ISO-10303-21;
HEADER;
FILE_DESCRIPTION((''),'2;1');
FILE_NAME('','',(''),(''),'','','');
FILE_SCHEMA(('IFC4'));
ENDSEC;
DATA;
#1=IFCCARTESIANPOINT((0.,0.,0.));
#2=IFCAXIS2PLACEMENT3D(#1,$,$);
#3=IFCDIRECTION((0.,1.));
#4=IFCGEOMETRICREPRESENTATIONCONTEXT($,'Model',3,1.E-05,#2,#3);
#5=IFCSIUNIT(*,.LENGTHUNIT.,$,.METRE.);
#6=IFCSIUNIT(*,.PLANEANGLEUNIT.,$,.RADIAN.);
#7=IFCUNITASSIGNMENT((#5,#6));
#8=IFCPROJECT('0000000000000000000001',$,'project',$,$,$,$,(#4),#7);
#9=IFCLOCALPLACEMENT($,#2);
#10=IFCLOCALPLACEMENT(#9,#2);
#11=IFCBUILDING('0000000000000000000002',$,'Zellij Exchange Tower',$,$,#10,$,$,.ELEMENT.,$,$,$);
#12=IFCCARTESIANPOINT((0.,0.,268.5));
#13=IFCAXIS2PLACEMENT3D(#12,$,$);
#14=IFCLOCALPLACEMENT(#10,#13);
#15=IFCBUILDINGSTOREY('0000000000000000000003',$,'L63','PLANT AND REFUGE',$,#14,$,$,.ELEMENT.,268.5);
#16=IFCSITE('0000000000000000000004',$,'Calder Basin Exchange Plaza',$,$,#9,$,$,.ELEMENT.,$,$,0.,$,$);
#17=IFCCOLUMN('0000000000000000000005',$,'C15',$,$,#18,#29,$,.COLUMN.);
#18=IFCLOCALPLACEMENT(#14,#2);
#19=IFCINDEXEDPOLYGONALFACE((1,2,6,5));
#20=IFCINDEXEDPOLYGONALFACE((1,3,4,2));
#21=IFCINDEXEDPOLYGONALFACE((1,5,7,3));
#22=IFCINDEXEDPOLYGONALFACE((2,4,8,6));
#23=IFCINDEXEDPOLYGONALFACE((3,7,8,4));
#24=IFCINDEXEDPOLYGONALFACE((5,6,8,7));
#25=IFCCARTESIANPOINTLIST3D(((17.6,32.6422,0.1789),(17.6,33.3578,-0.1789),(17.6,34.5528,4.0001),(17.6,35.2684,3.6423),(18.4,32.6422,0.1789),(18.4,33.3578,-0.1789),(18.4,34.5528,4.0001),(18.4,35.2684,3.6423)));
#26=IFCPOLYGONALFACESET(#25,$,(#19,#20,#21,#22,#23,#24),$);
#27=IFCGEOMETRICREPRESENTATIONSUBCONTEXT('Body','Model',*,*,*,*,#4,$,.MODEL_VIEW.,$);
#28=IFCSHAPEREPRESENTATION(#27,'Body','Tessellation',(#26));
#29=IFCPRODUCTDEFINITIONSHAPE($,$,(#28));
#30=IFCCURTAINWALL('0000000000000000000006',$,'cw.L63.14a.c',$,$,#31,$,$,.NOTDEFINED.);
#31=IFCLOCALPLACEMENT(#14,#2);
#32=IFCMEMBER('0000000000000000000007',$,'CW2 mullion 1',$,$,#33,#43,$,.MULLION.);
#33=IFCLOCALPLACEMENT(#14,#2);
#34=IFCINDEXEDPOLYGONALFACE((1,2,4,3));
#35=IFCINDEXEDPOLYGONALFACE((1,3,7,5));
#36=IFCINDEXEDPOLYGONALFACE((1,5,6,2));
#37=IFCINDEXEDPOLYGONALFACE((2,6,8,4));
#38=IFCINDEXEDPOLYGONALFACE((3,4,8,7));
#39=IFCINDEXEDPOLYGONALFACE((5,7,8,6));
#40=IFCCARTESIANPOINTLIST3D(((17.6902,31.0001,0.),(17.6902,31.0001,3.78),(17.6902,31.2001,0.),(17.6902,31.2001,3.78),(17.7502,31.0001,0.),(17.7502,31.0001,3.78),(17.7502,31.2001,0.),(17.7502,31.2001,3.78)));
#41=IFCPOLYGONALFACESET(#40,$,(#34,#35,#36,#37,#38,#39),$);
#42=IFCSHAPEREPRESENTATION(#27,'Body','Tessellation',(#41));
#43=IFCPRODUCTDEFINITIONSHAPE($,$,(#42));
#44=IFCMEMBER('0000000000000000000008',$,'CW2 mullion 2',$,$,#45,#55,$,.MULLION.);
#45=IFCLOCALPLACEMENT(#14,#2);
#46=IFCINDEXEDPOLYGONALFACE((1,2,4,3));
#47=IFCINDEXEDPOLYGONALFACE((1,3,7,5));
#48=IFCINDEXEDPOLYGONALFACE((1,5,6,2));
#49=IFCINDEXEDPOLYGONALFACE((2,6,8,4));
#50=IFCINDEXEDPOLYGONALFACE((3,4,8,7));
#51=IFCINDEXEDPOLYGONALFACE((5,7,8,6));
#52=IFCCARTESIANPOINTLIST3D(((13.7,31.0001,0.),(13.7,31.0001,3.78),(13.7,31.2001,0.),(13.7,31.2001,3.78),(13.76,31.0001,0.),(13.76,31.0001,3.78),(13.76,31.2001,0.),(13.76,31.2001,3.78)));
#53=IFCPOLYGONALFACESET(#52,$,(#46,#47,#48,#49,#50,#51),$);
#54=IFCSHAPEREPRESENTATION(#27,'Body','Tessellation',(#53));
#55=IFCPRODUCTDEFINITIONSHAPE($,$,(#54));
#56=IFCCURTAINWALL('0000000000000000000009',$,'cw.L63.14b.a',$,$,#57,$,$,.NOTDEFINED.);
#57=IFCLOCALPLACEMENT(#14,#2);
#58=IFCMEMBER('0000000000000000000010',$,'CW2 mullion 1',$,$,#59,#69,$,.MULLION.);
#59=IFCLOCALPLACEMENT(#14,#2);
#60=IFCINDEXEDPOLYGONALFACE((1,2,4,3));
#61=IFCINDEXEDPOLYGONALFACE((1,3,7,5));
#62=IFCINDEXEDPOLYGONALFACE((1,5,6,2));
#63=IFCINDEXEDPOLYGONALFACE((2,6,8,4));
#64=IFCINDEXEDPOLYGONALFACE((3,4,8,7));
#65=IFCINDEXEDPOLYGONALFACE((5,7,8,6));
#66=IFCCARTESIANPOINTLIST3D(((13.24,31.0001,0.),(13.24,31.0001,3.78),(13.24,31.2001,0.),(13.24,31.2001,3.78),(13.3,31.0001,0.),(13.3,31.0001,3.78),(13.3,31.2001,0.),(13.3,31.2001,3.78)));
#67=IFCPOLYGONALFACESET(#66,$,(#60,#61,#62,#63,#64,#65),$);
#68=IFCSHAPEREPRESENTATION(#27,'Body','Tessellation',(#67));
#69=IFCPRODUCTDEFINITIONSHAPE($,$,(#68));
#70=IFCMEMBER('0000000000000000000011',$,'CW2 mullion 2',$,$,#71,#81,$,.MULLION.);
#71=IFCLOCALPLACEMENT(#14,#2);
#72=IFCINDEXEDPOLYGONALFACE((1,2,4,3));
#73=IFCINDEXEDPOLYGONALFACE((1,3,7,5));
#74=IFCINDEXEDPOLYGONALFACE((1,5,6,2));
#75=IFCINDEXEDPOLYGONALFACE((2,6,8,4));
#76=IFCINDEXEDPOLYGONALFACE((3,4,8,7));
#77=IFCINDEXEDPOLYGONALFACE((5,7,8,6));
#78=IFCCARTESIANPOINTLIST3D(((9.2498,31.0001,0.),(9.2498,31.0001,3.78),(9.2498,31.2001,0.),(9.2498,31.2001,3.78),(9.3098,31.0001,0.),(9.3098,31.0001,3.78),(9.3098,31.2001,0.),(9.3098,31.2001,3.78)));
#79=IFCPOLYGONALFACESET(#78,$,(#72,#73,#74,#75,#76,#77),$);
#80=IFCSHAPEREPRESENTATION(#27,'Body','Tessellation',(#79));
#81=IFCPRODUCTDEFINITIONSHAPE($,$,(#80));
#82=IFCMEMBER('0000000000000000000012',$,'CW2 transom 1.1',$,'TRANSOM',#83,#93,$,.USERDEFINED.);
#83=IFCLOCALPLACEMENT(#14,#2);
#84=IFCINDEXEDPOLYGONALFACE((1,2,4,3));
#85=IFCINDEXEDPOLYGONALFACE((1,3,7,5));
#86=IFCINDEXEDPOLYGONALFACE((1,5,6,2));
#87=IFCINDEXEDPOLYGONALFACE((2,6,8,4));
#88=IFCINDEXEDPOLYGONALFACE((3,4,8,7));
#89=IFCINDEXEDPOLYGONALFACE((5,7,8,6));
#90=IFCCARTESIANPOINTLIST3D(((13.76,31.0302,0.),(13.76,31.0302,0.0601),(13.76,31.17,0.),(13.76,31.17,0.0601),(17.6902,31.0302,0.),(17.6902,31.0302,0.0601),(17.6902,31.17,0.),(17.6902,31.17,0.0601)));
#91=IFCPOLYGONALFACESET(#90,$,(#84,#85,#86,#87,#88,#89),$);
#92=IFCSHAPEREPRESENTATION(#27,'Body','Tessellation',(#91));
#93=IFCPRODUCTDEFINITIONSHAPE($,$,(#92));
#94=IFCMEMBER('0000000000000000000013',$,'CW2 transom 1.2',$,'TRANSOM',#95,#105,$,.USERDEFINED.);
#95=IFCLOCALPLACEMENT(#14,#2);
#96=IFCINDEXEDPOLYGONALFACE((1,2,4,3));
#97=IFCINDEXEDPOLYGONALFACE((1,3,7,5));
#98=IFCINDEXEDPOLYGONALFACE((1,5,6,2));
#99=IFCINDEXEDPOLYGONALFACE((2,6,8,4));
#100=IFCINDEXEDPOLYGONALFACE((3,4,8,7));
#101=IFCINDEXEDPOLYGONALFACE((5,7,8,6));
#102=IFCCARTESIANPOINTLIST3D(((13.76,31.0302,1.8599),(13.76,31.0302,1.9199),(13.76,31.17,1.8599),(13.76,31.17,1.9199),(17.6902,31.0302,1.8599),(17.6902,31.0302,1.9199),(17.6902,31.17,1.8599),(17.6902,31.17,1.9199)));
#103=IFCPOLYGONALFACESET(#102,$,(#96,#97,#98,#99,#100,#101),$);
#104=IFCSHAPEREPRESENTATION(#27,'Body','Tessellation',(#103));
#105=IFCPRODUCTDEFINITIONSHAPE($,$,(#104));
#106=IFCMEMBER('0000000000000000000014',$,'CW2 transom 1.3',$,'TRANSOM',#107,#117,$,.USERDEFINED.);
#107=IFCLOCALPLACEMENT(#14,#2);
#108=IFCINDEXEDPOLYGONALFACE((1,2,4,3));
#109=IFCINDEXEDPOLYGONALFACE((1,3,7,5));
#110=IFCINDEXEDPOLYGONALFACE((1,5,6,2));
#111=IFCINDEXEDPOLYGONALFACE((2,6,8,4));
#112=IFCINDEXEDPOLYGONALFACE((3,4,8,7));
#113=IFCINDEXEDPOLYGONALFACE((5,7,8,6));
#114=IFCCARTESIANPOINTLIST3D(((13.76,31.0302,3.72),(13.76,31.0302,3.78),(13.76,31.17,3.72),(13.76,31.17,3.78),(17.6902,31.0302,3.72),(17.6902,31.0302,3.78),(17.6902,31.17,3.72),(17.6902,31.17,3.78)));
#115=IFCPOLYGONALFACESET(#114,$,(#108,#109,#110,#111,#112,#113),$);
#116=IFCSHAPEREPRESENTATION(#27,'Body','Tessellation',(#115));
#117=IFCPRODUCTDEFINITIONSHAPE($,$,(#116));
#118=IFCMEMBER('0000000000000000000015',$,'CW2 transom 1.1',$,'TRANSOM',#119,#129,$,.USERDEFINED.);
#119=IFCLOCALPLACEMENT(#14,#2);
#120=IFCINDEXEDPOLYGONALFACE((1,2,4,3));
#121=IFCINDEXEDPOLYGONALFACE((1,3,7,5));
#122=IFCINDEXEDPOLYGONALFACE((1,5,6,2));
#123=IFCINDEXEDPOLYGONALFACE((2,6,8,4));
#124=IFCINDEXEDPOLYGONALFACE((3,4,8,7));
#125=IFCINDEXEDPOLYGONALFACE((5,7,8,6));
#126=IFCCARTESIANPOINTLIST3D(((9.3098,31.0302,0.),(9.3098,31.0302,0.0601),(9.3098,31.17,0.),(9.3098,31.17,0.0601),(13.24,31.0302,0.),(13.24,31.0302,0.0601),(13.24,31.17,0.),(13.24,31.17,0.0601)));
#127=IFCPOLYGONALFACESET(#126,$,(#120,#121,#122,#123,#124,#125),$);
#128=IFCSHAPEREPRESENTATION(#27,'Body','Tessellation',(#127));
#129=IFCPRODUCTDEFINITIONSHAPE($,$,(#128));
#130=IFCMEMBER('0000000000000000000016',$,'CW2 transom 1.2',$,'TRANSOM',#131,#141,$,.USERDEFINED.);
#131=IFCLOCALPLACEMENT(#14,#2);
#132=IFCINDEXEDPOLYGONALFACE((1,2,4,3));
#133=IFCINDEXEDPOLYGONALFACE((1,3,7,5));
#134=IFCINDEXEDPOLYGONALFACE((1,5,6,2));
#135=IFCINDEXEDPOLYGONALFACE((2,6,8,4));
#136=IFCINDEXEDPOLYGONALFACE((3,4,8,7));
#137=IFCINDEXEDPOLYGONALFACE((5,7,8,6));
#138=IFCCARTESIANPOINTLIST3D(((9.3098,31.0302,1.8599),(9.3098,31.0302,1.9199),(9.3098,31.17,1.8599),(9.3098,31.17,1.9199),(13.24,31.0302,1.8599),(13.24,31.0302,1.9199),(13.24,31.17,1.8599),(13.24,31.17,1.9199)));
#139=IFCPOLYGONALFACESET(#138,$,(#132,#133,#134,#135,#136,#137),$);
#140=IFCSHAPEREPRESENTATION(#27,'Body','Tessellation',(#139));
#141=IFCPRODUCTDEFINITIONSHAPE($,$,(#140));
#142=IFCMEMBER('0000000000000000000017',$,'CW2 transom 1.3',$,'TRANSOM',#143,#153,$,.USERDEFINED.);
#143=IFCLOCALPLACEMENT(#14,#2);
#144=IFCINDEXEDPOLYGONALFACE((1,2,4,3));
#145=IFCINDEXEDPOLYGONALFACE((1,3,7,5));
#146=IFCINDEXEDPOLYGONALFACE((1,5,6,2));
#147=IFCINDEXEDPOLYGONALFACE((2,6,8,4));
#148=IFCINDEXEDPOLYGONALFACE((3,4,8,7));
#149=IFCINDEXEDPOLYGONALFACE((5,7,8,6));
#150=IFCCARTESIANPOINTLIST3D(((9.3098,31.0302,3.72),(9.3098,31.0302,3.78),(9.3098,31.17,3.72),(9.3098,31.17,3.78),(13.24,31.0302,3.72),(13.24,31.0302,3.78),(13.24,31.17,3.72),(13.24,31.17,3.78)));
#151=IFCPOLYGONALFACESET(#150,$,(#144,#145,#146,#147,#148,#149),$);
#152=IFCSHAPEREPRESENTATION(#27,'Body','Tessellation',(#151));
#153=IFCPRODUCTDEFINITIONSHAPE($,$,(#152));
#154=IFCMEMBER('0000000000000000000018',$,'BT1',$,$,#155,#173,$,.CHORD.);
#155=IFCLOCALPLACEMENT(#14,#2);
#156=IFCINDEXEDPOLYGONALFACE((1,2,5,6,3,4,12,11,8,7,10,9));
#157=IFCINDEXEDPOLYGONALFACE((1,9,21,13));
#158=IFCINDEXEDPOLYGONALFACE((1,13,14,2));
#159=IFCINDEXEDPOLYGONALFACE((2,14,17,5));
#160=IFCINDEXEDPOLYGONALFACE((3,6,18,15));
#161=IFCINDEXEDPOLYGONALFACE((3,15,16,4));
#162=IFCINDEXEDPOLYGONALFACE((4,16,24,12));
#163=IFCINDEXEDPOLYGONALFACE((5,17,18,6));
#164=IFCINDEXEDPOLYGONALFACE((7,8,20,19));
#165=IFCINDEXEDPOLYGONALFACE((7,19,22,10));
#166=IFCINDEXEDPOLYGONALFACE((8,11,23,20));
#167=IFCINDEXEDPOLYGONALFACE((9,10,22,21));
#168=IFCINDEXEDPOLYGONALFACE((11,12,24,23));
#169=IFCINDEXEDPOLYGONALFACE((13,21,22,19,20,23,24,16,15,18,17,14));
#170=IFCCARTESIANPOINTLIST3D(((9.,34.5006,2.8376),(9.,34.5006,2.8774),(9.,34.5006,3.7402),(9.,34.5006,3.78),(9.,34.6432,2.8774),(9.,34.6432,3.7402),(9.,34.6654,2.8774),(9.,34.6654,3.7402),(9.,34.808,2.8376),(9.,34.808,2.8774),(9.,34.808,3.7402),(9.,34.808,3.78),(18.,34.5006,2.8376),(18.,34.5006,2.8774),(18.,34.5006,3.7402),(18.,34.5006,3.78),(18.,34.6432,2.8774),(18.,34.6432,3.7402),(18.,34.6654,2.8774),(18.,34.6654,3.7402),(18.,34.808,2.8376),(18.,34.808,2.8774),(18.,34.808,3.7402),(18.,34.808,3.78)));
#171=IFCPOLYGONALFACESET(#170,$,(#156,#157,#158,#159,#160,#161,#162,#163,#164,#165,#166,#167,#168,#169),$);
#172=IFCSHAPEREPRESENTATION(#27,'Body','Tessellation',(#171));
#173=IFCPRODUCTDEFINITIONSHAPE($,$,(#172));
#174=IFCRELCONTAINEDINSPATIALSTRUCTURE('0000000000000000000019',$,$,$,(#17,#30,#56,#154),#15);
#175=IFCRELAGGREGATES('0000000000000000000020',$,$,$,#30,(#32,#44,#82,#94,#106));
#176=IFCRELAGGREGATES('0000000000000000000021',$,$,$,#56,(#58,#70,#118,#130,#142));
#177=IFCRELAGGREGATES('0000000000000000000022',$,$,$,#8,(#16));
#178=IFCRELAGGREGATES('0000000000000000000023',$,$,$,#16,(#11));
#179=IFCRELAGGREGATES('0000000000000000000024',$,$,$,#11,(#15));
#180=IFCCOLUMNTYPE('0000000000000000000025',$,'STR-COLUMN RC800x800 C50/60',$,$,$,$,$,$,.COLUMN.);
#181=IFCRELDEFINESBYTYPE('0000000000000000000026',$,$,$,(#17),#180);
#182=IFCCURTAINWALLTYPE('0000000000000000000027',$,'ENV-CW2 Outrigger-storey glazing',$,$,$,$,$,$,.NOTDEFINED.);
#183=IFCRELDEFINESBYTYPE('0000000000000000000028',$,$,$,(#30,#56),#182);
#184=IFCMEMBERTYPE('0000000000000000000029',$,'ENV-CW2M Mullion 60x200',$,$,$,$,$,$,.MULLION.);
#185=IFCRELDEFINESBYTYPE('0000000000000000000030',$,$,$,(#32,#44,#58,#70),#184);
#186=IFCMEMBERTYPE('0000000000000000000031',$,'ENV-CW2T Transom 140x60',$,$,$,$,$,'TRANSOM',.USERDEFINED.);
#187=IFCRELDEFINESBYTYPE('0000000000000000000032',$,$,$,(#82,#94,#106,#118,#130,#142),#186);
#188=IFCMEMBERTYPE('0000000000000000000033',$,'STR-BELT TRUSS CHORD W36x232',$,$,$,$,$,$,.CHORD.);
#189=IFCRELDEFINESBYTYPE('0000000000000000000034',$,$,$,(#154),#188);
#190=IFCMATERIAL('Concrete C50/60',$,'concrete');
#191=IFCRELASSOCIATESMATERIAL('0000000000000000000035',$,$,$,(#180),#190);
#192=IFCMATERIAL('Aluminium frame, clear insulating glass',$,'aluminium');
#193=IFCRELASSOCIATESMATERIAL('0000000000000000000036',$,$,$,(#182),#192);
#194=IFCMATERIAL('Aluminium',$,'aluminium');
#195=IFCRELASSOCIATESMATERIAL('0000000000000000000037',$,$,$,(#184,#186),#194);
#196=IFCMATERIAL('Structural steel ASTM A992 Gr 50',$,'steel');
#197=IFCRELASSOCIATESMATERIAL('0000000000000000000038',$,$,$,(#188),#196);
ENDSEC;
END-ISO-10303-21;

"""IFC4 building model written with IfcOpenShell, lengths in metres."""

from ifc_helpers import new_model, si_unit, direction, frame, origin, origin_2d, place, context, subcontext, project, spatial, rectangle, i_section, extrude, clip, halfspace, material, material_profile, profile_set, type_object, element, aggregate, save


model = new_model("IFC4")

# Units and contexts
model_context = context("Model", 3, precision=1e-05, world=origin(), true_north=direction((0.0, 1.0)))
body_context = subcontext(model_context, "Body", "Model", "MODEL_VIEW")
ifc_project = project(units=[si_unit("LENGTHUNIT", "METRE"), si_unit("PLANEANGLEUNIT", "RADIAN")], contexts=[model_context])

# Site, building, storey
site_placement = place(None, origin())
site = spatial("IfcSite", under=ifc_project, at=site_placement, Name="Calder Basin Exchange Plaza", CompositionType="ELEMENT", RefElevation=0.0)
building_placement = place(site_placement, origin())
building = spatial("IfcBuilding", under=site, at=building_placement, Name="Zellij Exchange Tower", CompositionType="ELEMENT")
storey_placement = place(building_placement, frame((0.0, 0.0, 268.5)))
storey = spatial("IfcBuildingStorey", under=building, at=storey_placement, Name="L63", Description="PLANT AND REFUGE", CompositionType="ELEMENT", Elevation=268.5)

# Column
ifc_material_1 = material(Name="Concrete C50/60", Category="concrete")
ifc_material_profile_1 = material_profile(ifc_material_1, rectangle(XDim=0.8, YDim=0.8, at=origin_2d()), Name="STR-COLUMN RC800x800 C50/60")
ifc_profile_set_1 = profile_set([ifc_material_profile_1], Name="Concrete C50/60")
column_type = type_object("IfcColumnType", Name="STR-COLUMN RC800x800 C50/60", PredefinedType="COLUMN", material=ifc_profile_set_1)
column_placement = place(storey_placement, frame((18.0, 33.0, 0.0), z_axis=(0.0, 0.447214, 0.894427), x_axis=(-1.0, 0.0, 0.0)))
element("IfcColumn", 1, at=column_placement, inside=storey, type_object=column_type, Name="C15", PredefinedType="COLUMN", context=body_context, shape_type="Clipping", body=[
    clip(extrude(rectangle(XDim=0.8, YDim=0.8, at=origin_2d()), origin(), (0.0, 0.0, 1.0), 4.4722), halfspace(frame((0.0, 0.0, 4.2722)), False)),
])

# Curtain walls, members
ifc_material_2 = material(Name="Aluminium frame, clear insulating glass", Category="aluminium")
curtain_wall_type = type_object("IfcCurtainWallType", Name="ENV-CW2 Outrigger-storey glazing", PredefinedType="NOTDEFINED", material=ifc_material_2)
curtain_wall_1_placement = place(storey_placement, origin())
curtain_wall_1 = element("IfcCurtainWall", 2, at=curtain_wall_1_placement, inside=storey, type_object=curtain_wall_type, Name="cw.L63.14a.c", PredefinedType="NOTDEFINED")
ifc_material_3 = material(Name="Aluminium", Category="aluminium")
ifc_material_profile_2 = material_profile(ifc_material_3, rectangle(XDim=0.0601, YDim=0.2, at=origin_2d()), Name="AL 60x200")
ifc_profile_set_2 = profile_set([ifc_material_profile_2], Name="Aluminium")
member_type_1 = type_object("IfcMemberType", Name="ENV-CW2M Mullion 60x200", PredefinedType="MULLION", material=ifc_profile_set_2)
member_1_placement = place(storey_placement, frame((17.7202, 31.1001, 0.0), z_axis=(0.0, 0.0, 1.0), x_axis=(-1.0, 0.0, 0.0)))
member_1 = element("IfcMember", 3, at=member_1_placement, type_object=member_type_1, Name="CW2 mullion 1", PredefinedType="MULLION", context=body_context, shape_type="SweptSolid", body=[
    extrude(rectangle(XDim=0.0601, YDim=0.2, at=origin_2d()), origin(), (0.0, 0.0, 1.0), 3.78),
])
member_2_placement = place(storey_placement, frame((13.73, 31.1001, 0.0), z_axis=(0.0, 0.0, 1.0), x_axis=(-1.0, 0.0, 0.0)))
member_2 = element("IfcMember", 4, at=member_2_placement, type_object=member_type_1, Name="CW2 mullion 2", PredefinedType="MULLION", context=body_context, shape_type="SweptSolid", body=[
    extrude(rectangle(XDim=0.0601, YDim=0.2, at=origin_2d()), origin(), (0.0, 0.0, 1.0), 3.78),
])
curtain_wall_2_placement = place(storey_placement, origin())
curtain_wall_2 = element("IfcCurtainWall", 5, at=curtain_wall_2_placement, inside=storey, type_object=curtain_wall_type, Name="cw.L63.14b.a", PredefinedType="NOTDEFINED")
member_3_placement = place(storey_placement, frame((13.27, 31.1001, 0.0), z_axis=(0.0, 0.0, 1.0), x_axis=(-1.0, 0.0, 0.0)))
member_3 = element("IfcMember", 6, at=member_3_placement, type_object=member_type_1, Name="CW2 mullion 1", PredefinedType="MULLION", context=body_context, shape_type="SweptSolid", body=[
    extrude(rectangle(XDim=0.0601, YDim=0.2, at=origin_2d()), origin(), (0.0, 0.0, 1.0), 3.78),
])
member_4_placement = place(storey_placement, frame((9.2798, 31.1001, 0.0), z_axis=(0.0, 0.0, 1.0), x_axis=(-1.0, 0.0, 0.0)))
member_4 = element("IfcMember", 7, at=member_4_placement, type_object=member_type_1, Name="CW2 mullion 2", PredefinedType="MULLION", context=body_context, shape_type="SweptSolid", body=[
    extrude(rectangle(XDim=0.0601, YDim=0.2, at=origin_2d()), origin(), (0.0, 0.0, 1.0), 3.78),
])

# Members
ifc_material_profile_3 = material_profile(ifc_material_3, rectangle(XDim=0.1399, YDim=0.0601, at=origin_2d()), Name="AL 140x60")
ifc_profile_set_3 = profile_set([ifc_material_profile_3], Name="Aluminium")
member_type_2 = type_object("IfcMemberType", Name="ENV-CW2T Transom 140x60", ElementType="TRANSOM", PredefinedType="USERDEFINED", material=ifc_profile_set_3)
member_5_placement = place(storey_placement, frame((17.6902, 31.1001, 0.03), z_axis=(-1.0, 0.0, 0.0), x_axis=(0.0, -1.0, 0.0)))
member_5 = element("IfcMember", 8, at=member_5_placement, type_object=member_type_2, Name="CW2 transom 1.1", ObjectType="TRANSOM", PredefinedType="USERDEFINED", context=body_context, shape_type="SweptSolid", body=[
    extrude(rectangle(XDim=0.1399, YDim=0.0601, at=origin_2d()), origin(), (0.0, 0.0, 1.0), 3.9302),
])
member_6_placement = place(storey_placement, frame((17.6902, 31.1001, 1.8899), z_axis=(-1.0, 0.0, 0.0), x_axis=(0.0, -1.0, 0.0)))
member_6 = element("IfcMember", 9, at=member_6_placement, type_object=member_type_2, Name="CW2 transom 1.2", ObjectType="TRANSOM", PredefinedType="USERDEFINED", context=body_context, shape_type="SweptSolid", body=[
    extrude(rectangle(XDim=0.1399, YDim=0.0601, at=origin_2d()), origin(), (0.0, 0.0, 1.0), 3.9302),
])
member_7_placement = place(storey_placement, frame((17.6902, 31.1001, 3.75), z_axis=(-1.0, 0.0, 0.0), x_axis=(0.0, -1.0, 0.0)))
member_7 = element("IfcMember", 10, at=member_7_placement, type_object=member_type_2, Name="CW2 transom 1.3", ObjectType="TRANSOM", PredefinedType="USERDEFINED", context=body_context, shape_type="SweptSolid", body=[
    extrude(rectangle(XDim=0.1399, YDim=0.0601, at=origin_2d()), origin(), (0.0, 0.0, 1.0), 3.9302),
])
member_8_placement = place(storey_placement, frame((13.24, 31.1001, 0.03), z_axis=(-1.0, 0.0, 0.0), x_axis=(0.0, -1.0, 0.0)))
member_8 = element("IfcMember", 11, at=member_8_placement, type_object=member_type_2, Name="CW2 transom 1.1", ObjectType="TRANSOM", PredefinedType="USERDEFINED", context=body_context, shape_type="SweptSolid", body=[
    extrude(rectangle(XDim=0.1399, YDim=0.0601, at=origin_2d()), origin(), (0.0, 0.0, 1.0), 3.9302),
])
member_9_placement = place(storey_placement, frame((13.24, 31.1001, 1.8899), z_axis=(-1.0, 0.0, 0.0), x_axis=(0.0, -1.0, 0.0)))
member_9 = element("IfcMember", 12, at=member_9_placement, type_object=member_type_2, Name="CW2 transom 1.2", ObjectType="TRANSOM", PredefinedType="USERDEFINED", context=body_context, shape_type="SweptSolid", body=[
    extrude(rectangle(XDim=0.1399, YDim=0.0601, at=origin_2d()), origin(), (0.0, 0.0, 1.0), 3.9302),
])
member_10_placement = place(storey_placement, frame((13.24, 31.1001, 3.75), z_axis=(-1.0, 0.0, 0.0), x_axis=(0.0, -1.0, 0.0)))
member_10 = element("IfcMember", 13, at=member_10_placement, type_object=member_type_2, Name="CW2 transom 1.3", ObjectType="TRANSOM", PredefinedType="USERDEFINED", context=body_context, shape_type="SweptSolid", body=[
    extrude(rectangle(XDim=0.1399, YDim=0.0601, at=origin_2d()), origin(), (0.0, 0.0, 1.0), 3.9302),
])

# Member
ifc_material_4 = material(Name="Structural steel ASTM A992 Gr 50", Category="steel")
ifc_material_profile_4 = material_profile(ifc_material_4, i_section(OverallWidth=0.3074, OverallDepth=0.9424, WebThickness=0.0222, FlangeThickness=0.0398, at=origin_2d()), Name="W36x232")
ifc_profile_set_4 = profile_set([ifc_material_profile_4], Name="Structural steel ASTM A992 Gr 50")
member_type_3 = type_object("IfcMemberType", Name="STR-BELT TRUSS CHORD W36x232", PredefinedType="CHORD", material=ifc_profile_set_4)
member_11_placement = place(storey_placement, frame((9.0, 34.6543, 3.3088), z_axis=(1.0, 0.0, 0.0), x_axis=(0.0, 1.0, 0.0)))
element("IfcMember", 14, at=member_11_placement, inside=storey, type_object=member_type_3, Name="BT1", PredefinedType="CHORD", context=body_context, shape_type="SweptSolid", body=[
    extrude(i_section(OverallWidth=0.3074, OverallDepth=0.9424, WebThickness=0.0222, FlangeThickness=0.0398, at=origin_2d()), origin(), (0.0, 0.0, 1.0), 9.0),
])

aggregate(curtain_wall_1, [member_1, member_2, member_5, member_6, member_7])
aggregate(curtain_wall_2, [member_3, member_4, member_8, member_9, member_10])

save(model, "model.ifc")
